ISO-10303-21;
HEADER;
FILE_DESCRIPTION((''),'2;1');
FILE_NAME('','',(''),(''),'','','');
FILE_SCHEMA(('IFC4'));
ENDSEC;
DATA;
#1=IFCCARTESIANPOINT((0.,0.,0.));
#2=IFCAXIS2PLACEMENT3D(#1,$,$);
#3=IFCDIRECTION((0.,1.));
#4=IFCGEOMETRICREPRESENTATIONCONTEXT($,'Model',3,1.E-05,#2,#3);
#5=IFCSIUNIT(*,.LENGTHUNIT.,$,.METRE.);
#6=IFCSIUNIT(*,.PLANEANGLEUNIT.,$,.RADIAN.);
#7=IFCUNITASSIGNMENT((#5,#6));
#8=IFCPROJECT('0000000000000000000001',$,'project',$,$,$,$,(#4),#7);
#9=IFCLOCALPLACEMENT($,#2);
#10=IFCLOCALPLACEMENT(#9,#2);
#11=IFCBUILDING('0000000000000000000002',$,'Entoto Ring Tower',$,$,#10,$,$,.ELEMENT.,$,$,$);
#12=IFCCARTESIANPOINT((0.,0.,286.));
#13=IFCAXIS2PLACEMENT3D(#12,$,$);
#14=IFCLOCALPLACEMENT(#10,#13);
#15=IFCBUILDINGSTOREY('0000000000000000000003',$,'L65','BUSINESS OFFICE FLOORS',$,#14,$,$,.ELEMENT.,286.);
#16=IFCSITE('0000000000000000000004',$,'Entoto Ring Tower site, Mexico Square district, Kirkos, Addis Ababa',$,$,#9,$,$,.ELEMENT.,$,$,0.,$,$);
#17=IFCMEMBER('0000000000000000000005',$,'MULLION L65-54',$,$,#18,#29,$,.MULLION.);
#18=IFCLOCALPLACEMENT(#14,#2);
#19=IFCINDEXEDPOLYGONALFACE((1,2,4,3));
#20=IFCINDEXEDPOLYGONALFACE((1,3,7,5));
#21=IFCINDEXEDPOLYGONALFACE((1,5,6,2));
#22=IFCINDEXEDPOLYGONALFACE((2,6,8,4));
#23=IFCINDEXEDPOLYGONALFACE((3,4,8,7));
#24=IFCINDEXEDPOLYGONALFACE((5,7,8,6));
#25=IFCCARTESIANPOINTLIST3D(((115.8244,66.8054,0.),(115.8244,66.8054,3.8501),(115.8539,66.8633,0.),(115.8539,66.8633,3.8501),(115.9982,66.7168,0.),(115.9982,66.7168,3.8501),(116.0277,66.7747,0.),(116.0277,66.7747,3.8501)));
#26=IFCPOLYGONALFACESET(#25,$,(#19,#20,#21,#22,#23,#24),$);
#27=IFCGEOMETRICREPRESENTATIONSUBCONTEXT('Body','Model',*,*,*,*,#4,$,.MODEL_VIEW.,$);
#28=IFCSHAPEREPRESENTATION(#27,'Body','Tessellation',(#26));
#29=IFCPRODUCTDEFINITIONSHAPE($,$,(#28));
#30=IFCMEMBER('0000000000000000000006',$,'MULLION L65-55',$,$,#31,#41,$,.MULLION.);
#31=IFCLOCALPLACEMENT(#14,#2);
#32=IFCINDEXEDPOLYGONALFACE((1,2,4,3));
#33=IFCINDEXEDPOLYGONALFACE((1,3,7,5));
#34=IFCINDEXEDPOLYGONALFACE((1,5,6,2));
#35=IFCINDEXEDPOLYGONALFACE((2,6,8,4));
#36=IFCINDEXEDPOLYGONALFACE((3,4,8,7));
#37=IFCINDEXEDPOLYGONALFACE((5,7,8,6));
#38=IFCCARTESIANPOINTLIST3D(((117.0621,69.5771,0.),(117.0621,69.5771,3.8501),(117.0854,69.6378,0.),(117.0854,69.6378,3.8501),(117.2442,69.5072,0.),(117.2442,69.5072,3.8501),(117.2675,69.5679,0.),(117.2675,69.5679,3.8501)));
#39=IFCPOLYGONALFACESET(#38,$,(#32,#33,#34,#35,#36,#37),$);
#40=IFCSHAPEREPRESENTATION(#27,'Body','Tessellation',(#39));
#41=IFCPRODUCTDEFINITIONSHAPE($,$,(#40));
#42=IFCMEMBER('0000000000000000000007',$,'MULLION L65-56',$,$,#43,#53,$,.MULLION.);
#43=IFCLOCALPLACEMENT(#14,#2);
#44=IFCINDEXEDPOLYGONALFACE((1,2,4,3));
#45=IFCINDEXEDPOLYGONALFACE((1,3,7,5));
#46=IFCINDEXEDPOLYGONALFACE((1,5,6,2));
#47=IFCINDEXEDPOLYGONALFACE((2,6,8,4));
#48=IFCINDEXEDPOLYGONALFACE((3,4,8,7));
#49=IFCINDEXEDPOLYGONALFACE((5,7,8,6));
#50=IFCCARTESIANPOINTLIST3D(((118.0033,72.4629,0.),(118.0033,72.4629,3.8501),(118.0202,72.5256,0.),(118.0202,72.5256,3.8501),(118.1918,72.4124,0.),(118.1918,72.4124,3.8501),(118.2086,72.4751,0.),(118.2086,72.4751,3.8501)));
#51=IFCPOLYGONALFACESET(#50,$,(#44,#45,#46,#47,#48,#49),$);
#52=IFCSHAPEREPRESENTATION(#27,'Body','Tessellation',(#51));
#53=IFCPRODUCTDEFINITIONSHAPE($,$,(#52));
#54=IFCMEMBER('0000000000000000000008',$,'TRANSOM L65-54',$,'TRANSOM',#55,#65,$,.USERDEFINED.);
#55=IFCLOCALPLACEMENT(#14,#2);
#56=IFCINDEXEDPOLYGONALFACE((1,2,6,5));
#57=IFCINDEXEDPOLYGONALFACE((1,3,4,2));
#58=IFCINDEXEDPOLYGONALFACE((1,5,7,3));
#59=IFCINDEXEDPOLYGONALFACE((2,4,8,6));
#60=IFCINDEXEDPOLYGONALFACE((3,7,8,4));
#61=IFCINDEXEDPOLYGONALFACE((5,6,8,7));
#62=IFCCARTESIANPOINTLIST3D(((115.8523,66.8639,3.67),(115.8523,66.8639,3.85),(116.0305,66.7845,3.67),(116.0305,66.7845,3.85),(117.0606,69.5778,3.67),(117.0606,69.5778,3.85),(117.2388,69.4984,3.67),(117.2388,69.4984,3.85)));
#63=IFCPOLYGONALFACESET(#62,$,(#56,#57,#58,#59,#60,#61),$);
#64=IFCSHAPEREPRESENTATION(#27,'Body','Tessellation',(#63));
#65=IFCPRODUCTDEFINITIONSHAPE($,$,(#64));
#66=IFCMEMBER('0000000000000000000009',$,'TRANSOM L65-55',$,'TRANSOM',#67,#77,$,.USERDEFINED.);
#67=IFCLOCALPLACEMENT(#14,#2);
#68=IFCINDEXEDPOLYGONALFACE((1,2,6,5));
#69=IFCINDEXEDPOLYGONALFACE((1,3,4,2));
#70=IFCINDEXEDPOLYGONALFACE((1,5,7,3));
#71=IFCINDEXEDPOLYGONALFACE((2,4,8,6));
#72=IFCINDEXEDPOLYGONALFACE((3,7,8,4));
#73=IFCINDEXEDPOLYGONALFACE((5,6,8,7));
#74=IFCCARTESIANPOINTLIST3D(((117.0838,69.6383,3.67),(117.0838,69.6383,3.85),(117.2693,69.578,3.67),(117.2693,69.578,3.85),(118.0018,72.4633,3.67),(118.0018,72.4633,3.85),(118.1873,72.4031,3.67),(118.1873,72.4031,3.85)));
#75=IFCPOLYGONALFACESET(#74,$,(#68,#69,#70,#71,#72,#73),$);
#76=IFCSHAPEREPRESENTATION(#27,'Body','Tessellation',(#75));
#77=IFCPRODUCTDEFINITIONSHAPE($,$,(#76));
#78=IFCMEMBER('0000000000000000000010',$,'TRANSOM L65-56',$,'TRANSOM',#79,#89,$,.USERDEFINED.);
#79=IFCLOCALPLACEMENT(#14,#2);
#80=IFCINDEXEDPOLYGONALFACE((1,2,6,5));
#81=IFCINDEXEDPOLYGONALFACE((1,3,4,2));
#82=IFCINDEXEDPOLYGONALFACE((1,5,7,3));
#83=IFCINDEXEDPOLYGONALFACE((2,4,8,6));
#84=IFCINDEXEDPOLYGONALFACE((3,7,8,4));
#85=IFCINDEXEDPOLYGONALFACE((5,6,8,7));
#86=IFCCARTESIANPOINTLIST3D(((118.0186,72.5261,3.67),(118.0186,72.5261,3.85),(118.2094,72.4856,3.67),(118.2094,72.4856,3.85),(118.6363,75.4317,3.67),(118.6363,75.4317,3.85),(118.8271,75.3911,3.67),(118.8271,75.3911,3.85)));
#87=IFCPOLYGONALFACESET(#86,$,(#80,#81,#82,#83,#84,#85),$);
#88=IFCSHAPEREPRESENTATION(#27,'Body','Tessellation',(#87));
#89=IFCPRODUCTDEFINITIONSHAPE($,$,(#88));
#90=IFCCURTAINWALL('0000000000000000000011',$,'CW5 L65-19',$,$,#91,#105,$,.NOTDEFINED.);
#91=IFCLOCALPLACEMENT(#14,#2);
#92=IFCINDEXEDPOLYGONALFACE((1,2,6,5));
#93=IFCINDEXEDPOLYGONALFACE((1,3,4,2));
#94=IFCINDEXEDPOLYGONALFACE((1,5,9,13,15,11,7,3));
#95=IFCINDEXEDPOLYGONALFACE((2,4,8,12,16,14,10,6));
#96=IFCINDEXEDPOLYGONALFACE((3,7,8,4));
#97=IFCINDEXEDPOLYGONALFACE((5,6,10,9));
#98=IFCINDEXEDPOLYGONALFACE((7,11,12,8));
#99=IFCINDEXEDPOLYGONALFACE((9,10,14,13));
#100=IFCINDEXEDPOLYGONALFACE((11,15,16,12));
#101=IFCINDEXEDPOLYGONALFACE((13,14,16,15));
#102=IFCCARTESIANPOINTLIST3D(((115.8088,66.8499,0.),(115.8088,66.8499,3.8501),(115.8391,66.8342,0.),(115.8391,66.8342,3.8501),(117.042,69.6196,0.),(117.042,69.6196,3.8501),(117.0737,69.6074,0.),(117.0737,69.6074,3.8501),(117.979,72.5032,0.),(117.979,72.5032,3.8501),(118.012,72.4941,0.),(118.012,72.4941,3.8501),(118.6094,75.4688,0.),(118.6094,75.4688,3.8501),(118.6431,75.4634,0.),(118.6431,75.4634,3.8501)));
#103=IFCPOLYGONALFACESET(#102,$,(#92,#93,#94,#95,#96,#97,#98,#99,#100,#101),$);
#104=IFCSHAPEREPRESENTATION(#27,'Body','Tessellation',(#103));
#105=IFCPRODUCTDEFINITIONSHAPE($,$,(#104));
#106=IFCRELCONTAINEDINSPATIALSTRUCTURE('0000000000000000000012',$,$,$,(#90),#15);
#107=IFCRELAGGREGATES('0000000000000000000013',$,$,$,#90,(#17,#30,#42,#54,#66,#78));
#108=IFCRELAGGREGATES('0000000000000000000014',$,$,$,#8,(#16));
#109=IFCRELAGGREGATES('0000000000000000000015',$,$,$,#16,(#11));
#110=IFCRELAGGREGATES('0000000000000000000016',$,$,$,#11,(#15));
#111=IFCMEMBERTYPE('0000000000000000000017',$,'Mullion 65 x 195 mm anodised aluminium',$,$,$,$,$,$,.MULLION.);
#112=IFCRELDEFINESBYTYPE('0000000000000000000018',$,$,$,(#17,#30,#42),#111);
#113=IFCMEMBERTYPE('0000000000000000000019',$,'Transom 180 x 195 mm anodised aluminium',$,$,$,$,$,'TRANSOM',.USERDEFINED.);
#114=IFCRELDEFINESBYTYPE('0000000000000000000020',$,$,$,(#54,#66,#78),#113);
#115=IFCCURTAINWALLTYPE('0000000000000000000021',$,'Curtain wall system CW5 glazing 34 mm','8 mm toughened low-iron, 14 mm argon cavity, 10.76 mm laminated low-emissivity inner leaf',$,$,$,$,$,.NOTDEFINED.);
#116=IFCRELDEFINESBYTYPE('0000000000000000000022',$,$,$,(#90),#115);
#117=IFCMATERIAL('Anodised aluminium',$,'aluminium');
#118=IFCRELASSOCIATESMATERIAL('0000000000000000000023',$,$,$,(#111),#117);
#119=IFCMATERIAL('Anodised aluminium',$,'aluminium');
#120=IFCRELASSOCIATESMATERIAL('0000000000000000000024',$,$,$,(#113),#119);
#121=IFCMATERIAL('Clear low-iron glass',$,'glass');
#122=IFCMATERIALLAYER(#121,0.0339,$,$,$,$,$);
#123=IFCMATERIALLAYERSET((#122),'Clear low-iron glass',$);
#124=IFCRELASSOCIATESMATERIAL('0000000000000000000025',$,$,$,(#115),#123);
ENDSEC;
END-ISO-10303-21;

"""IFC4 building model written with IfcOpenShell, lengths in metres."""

from ifc_helpers import new_model, si_unit, direction, frame, origin, origin_2d, place, context, subcontext, project, spatial, polyline, rectangle, outline, extrude, material, layer, layer_set, material_profile, profile_set, type_object, element, aggregate, save


model = new_model("IFC4")

# Units and contexts
model_context = context("Model", 3, precision=1e-05, world=origin(), true_north=direction((0.0, 1.0)))
body_context = subcontext(model_context, "Body", "Model", "MODEL_VIEW")
ifc_project = project(units=[si_unit("LENGTHUNIT", "METRE"), si_unit("PLANEANGLEUNIT", "RADIAN")], contexts=[model_context])

# Members
ifc_material_1 = material(Name="Anodised aluminium", Category="aluminium")
ifc_material_profile_1 = material_profile(ifc_material_1, rectangle(XDim=0.0649, YDim=0.1951, at=origin_2d()), Name="Mullion 65 x 195 mm anodised aluminium")
ifc_profile_set_1 = profile_set([ifc_material_profile_1], Name="Anodised aluminium")
member_type_1 = type_object("IfcMemberType", Name="Mullion 65 x 195 mm anodised aluminium", PredefinedType="MULLION", material=ifc_profile_set_1)
site_placement = place(None, origin())
building_placement = place(site_placement, origin())
storey_placement = place(building_placement, frame((0.0, 0.0, 286.0)))
member_1_placement = place(storey_placement, frame((115.926, 66.79, 0.0), z_axis=(0.0, 0.0, 1.0), x_axis=(0.45399, 0.891007, 0.0)))
member_1 = element("IfcMember", 1, at=member_1_placement, type_object=member_type_1, Name="MULLION L65-54", PredefinedType="MULLION", context=body_context, shape_type="SweptSolid", body=[
    extrude(rectangle(XDim=0.0649, YDim=0.1951, at=origin_2d()), origin(), (0.0, 0.0, 1.0), 3.8501),
])
member_2_placement = place(storey_placement, frame((117.1648, 69.5725, 0.0), z_axis=(0.0, 0.0, 1.0), x_axis=(0.358368, 0.93358, 0.0)))
member_2 = element("IfcMember", 2, at=member_2_placement, type_object=member_type_1, Name="MULLION L65-55", PredefinedType="MULLION", context=body_context, shape_type="SweptSolid", body=[
    extrude(rectangle(XDim=0.0649, YDim=0.1951, at=origin_2d()), origin(), (0.0, 0.0, 1.0), 3.8501),
])
member_3_placement = place(storey_placement, frame((118.106, 72.469, 0.0), z_axis=(0.0, 0.0, 1.0), x_axis=(0.258819, 0.965926, 0.0)))
member_3 = element("IfcMember", 3, at=member_3_placement, type_object=member_type_1, Name="MULLION L65-56", PredefinedType="MULLION", context=body_context, shape_type="SweptSolid", body=[
    extrude(rectangle(XDim=0.0649, YDim=0.1951, at=origin_2d()), origin(), (0.0, 0.0, 1.0), 3.8501),
])
ifc_material_2 = material(Name="Anodised aluminium", Category="aluminium")
ifc_material_profile_2 = material_profile(ifc_material_2, rectangle(XDim=0.1951, YDim=0.1799, at=origin_2d()), Name="Transom 180 x 195 mm anodised aluminium")
ifc_profile_set_2 = profile_set([ifc_material_profile_2], Name="Anodised aluminium")
member_type_2 = type_object("IfcMemberType", Name="Transom 180 x 195 mm anodised aluminium", ElementType="TRANSOM", PredefinedType="USERDEFINED", material=ifc_profile_set_2)
member_4_placement = place(storey_placement, frame((115.9414, 66.8242, 3.76), z_axis=(0.406726, 0.91355, 0.0), x_axis=(-0.91355, 0.406726, 0.0)))
member_4 = element("IfcMember", 4, at=member_4_placement, type_object=member_type_2, Name="TRANSOM L65-54", ObjectType="TRANSOM", PredefinedType="USERDEFINED", context=body_context, shape_type="SweptSolid", body=[
    extrude(rectangle(XDim=0.1951, YDim=0.1799, at=origin_2d()), origin(), (0.0, 0.0, 1.0), 2.9707),
])
member_5_placement = place(storey_placement, frame((117.1765, 69.6082, 3.76), z_axis=(0.309043, 0.951048, 0.0), x_axis=(-0.951048, 0.309043, 0.0)))
member_5 = element("IfcMember", 5, at=member_5_placement, type_object=member_type_2, Name="TRANSOM L65-55", ObjectType="TRANSOM", PredefinedType="USERDEFINED", context=body_context, shape_type="SweptSolid", body=[
    extrude(rectangle(XDim=0.1951, YDim=0.1799, at=origin_2d()), origin(), (0.0, 0.0, 1.0), 2.9705),
])
member_6_placement = place(storey_placement, frame((118.114, 72.5059, 3.76), z_axis=(0.20794, 0.978142, 0.0), x_axis=(-0.978142, 0.20794, 0.0)))
member_6 = element("IfcMember", 6, at=member_6_placement, type_object=member_type_2, Name="TRANSOM L65-56", ObjectType="TRANSOM", PredefinedType="USERDEFINED", context=body_context, shape_type="SweptSolid", body=[
    extrude(rectangle(XDim=0.1951, YDim=0.1799, at=origin_2d()), origin(), (0.0, 0.0, 1.0), 2.9705),
])

# Site, building, storey
site = spatial("IfcSite", under=ifc_project, at=site_placement, Name="Entoto Ring Tower site, Mexico Square district, Kirkos, Addis Ababa", CompositionType="ELEMENT", RefElevation=0.0)
building = spatial("IfcBuilding", under=site, at=building_placement, Name="Entoto Ring Tower", CompositionType="ELEMENT")
storey = spatial("IfcBuildingStorey", under=building, at=storey_placement, Name="L65", Description="BUSINESS OFFICE FLOORS", CompositionType="ELEMENT", Elevation=286.0)

# Curtain wall
ifc_material_3 = material(Name="Clear low-iron glass", Category="glass")
ifc_layer_1 = layer(ifc_material_3, 0.0339)
ifc_layer_set_1 = layer_set([ifc_layer_1], Name="Clear low-iron glass")
curtain_wall_type = type_object("IfcCurtainWallType", Name="Curtain wall system CW5 glazing 34 mm", Description="8 mm toughened low-iron, 14 mm argon cavity, 10.76 mm laminated low-emissivity inner leaf", PredefinedType="NOTDEFINED", material=ifc_layer_set_1)
curtain_wall_1_placement = place(storey_placement, origin())
curtain_wall_1 = element("IfcCurtainWall", 7, at=curtain_wall_1_placement, inside=storey, type_object=curtain_wall_type, Name="CW5 L65-19", PredefinedType="NOTDEFINED", context=body_context, shape_type="SweptSolid", body=[
    extrude(outline(polyline([(115.8391, 66.8342), (117.0737, 69.6074), (118.012, 72.4941), (118.6431, 75.4634), (118.6094, 75.4688), (117.979, 72.5032), (117.042, 69.6196), (115.8088, 66.8499), (115.8391, 66.8342)])), origin(), (0.0, 0.0, 1.0), 3.8501),
])
aggregate(curtain_wall_1, [member_1, member_2, member_3, member_4, member_5, member_6])

save(model, "model.ifc")
